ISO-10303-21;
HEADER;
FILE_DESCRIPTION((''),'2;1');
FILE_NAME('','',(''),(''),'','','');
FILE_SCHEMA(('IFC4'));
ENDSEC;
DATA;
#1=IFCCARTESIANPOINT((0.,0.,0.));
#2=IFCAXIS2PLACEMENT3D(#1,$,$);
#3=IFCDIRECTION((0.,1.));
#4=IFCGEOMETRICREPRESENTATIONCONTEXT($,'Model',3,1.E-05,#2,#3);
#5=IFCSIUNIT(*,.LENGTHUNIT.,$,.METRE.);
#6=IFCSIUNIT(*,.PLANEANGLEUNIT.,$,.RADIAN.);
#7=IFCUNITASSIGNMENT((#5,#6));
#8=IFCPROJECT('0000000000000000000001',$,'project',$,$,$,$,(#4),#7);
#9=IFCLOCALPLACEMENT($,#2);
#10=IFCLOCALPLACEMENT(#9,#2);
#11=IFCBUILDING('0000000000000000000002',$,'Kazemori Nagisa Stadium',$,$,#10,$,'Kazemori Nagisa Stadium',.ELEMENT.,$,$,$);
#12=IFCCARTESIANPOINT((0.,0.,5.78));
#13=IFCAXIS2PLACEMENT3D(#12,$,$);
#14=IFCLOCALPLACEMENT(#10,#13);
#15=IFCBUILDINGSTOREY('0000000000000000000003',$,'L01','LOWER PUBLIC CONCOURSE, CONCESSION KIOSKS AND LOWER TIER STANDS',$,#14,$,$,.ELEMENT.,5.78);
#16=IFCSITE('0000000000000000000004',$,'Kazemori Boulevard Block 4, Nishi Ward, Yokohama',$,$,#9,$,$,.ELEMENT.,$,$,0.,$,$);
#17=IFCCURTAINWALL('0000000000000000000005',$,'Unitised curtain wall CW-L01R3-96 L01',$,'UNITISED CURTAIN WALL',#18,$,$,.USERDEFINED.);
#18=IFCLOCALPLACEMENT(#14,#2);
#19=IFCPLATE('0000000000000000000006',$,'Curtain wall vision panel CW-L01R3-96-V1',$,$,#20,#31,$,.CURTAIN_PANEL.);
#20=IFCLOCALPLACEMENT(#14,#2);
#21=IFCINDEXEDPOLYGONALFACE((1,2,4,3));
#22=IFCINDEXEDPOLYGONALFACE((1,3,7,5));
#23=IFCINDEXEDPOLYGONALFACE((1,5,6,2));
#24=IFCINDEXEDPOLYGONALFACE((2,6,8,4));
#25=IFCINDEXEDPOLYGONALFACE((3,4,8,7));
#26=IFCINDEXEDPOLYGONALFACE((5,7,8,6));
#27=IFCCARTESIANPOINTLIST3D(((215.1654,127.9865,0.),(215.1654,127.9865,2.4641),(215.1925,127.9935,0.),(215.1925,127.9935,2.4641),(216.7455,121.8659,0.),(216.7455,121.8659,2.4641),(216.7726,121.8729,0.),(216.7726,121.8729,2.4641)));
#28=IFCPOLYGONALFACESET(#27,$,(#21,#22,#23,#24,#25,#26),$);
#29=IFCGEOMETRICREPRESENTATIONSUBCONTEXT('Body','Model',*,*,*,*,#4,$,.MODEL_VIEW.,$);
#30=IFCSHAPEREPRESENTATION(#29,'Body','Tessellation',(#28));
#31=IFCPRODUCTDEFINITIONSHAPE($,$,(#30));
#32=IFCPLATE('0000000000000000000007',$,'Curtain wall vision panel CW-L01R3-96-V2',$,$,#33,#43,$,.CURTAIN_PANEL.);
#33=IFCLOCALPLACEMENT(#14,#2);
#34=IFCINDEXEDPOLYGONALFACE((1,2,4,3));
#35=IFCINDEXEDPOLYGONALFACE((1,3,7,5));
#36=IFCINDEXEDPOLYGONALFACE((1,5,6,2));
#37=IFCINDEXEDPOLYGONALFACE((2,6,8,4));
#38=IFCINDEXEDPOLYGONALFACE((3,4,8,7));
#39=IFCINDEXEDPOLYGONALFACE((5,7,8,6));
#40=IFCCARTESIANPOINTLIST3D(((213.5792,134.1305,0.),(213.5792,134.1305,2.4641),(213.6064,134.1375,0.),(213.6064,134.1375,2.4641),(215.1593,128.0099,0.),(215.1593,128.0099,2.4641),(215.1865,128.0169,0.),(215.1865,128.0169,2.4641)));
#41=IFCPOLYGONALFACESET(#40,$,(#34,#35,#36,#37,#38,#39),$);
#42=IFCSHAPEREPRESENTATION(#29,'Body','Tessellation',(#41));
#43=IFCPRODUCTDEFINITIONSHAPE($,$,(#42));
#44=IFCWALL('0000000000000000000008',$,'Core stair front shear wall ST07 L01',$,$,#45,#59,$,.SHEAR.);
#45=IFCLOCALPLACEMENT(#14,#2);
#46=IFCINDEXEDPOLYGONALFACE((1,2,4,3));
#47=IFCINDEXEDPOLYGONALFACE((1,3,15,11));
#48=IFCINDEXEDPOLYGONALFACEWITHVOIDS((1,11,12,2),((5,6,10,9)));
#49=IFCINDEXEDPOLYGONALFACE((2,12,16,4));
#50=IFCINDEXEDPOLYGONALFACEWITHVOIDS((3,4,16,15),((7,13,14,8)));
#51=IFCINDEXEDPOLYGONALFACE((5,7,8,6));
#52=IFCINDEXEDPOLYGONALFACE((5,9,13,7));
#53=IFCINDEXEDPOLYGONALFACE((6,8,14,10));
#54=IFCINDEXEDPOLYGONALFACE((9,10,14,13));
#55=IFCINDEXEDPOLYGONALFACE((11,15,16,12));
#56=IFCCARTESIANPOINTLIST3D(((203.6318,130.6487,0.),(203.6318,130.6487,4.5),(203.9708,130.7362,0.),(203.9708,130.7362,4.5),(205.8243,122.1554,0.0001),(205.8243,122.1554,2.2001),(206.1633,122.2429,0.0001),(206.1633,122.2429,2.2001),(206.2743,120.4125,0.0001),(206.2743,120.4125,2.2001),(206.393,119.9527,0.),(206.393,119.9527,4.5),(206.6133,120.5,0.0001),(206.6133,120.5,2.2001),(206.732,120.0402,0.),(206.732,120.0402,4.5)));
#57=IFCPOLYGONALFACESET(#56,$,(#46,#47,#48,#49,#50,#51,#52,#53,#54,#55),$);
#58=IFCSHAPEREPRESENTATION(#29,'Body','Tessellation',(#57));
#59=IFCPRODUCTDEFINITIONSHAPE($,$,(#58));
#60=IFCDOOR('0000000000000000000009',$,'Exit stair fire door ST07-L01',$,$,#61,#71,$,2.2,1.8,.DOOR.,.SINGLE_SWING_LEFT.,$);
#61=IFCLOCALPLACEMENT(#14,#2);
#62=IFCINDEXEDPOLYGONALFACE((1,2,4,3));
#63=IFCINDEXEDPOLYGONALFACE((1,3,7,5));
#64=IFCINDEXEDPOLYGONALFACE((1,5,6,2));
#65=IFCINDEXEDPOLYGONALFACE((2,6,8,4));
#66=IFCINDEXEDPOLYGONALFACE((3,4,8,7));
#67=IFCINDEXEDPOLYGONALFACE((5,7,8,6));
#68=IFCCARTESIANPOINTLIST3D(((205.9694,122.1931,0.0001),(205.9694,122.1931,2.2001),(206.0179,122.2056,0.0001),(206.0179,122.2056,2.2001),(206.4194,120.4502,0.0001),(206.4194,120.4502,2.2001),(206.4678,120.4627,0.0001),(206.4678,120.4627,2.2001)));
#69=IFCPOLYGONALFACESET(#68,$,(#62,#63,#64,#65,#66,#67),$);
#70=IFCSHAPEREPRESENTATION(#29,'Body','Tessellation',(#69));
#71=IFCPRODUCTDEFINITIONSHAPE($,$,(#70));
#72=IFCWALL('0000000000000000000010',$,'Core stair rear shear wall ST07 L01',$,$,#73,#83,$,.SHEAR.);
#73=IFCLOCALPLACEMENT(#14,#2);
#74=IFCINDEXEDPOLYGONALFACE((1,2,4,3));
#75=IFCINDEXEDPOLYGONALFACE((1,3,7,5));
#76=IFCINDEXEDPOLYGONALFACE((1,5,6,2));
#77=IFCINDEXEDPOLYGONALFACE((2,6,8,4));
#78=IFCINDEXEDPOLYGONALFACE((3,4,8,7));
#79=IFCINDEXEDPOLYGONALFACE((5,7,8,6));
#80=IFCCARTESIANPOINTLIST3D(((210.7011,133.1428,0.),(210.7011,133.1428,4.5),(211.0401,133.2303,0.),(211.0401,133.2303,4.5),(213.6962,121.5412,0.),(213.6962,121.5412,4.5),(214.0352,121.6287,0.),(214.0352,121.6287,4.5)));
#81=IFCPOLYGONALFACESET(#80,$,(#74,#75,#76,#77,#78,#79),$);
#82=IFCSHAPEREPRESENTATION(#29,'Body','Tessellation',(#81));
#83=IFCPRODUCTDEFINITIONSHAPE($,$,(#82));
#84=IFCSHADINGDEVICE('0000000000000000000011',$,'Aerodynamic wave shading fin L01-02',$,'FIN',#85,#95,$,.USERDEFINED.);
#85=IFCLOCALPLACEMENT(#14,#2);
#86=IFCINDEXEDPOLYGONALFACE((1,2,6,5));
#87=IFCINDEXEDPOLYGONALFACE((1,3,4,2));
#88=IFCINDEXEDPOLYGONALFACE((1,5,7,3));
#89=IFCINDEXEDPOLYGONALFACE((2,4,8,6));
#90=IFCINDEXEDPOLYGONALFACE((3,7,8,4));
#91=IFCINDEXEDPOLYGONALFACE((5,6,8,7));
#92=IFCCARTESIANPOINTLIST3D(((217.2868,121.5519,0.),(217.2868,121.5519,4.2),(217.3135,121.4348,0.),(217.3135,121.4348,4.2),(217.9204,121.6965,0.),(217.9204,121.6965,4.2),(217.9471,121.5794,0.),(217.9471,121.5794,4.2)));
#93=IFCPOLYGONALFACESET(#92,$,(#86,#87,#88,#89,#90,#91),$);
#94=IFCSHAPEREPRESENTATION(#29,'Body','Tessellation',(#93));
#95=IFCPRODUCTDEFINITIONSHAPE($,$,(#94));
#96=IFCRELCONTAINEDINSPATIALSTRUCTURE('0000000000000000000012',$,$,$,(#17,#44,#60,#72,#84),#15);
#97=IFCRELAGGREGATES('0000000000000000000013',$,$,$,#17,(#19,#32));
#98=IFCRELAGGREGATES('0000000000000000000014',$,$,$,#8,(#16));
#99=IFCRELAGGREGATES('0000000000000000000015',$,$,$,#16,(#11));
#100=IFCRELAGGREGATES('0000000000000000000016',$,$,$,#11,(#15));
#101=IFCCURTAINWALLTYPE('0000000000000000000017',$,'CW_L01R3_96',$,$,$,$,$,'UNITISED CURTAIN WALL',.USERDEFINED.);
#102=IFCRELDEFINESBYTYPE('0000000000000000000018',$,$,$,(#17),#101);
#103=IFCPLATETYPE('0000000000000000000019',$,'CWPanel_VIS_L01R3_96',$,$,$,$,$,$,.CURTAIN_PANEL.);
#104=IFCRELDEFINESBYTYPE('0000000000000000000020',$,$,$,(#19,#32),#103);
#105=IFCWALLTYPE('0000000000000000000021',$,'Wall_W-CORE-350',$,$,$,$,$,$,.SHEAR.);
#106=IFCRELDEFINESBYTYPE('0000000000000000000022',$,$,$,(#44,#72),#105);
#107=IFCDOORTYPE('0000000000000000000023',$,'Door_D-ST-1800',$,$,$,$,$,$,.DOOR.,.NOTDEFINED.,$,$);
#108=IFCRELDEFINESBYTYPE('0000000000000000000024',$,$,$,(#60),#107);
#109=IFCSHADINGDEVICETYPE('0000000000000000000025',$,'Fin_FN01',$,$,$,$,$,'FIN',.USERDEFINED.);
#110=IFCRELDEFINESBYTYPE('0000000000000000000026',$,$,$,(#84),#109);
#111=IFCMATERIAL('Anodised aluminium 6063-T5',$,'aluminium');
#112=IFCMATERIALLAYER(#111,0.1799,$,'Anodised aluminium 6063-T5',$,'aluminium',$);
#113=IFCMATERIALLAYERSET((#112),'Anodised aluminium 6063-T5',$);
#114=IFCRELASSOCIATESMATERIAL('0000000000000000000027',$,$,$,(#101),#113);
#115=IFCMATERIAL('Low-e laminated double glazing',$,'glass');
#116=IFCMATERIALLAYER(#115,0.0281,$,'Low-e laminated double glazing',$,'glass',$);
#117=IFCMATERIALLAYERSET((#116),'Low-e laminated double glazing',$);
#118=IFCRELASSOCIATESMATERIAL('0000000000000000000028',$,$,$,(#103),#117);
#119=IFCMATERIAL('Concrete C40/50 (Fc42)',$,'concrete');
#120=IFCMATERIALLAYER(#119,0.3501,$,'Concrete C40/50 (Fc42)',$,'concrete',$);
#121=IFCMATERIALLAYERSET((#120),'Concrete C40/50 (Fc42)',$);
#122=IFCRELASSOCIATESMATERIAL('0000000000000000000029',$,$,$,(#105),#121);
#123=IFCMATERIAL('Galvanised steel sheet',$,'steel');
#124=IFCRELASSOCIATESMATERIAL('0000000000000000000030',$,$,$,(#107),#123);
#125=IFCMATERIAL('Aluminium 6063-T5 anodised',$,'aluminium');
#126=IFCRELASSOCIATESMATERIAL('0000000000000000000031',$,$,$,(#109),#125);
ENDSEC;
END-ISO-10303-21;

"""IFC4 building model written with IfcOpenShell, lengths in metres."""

from ifc_helpers import new_model, si_unit, direction, frame, frame_2d, origin, origin_2d, place, context, subcontext, project, spatial, rectangle, extrude, material, layer, layer_set, type_object, element, fill, aggregate, save


model = new_model("IFC4")

# Units and contexts
model_context = context("Model", 3, precision=1e-05, world=origin(), true_north=direction((0.0, 1.0)))
body_context = subcontext(model_context, "Body", "Model", "MODEL_VIEW")
ifc_project = project(units=[si_unit("LENGTHUNIT", "METRE"), si_unit("PLANEANGLEUNIT", "RADIAN")], contexts=[model_context])

# Site, building, storey
site_placement = place(None, origin())
site = spatial("IfcSite", under=ifc_project, at=site_placement, Name="Kazemori Boulevard Block 4, Nishi Ward, Yokohama", CompositionType="ELEMENT", RefElevation=0.0)
building_placement = place(site_placement, origin())
building = spatial("IfcBuilding", under=site, at=building_placement, Name="Kazemori Nagisa Stadium", LongName="Kazemori Nagisa Stadium", CompositionType="ELEMENT")
storey_placement = place(building_placement, frame((0.0, 0.0, 5.78)))
storey = spatial("IfcBuildingStorey", under=building, at=storey_placement, Name="L01", Description="LOWER PUBLIC CONCOURSE, CONCESSION KIOSKS AND LOWER TIER STANDS", CompositionType="ELEMENT", Elevation=5.78)

# Shared definitions
ifc_material_1 = material(Name="Concrete C40/50 (Fc42)", Category="concrete")

# Shared definitions
ifc_material_2 = material(Name="Anodised aluminium 6063-T5", Category="aluminium")
ifc_material_3 = material(Name="Aluminium 6063-T5 anodised", Category="aluminium")

# Curtain wall, plates
ifc_layer_1 = layer(ifc_material_2, 0.1799, Name="Anodised aluminium 6063-T5", Category="aluminium")
ifc_layer_set_1 = layer_set([ifc_layer_1], Name="Anodised aluminium 6063-T5")
curtain_wall_type_1 = type_object("IfcCurtainWallType", Name="CW_L01R3_96", ElementType="UNITISED CURTAIN WALL", PredefinedType="USERDEFINED", material=ifc_layer_set_1)
curtain_wall_1_placement = place(storey_placement, origin())
curtain_wall_1 = element("IfcCurtainWall", 1, at=curtain_wall_1_placement, inside=storey, type_object=curtain_wall_type_1, Name="Unitised curtain wall CW-L01R3-96 L01", ObjectType="UNITISED CURTAIN WALL", PredefinedType="USERDEFINED")
ifc_material_4 = material(Name="Low-e laminated double glazing", Category="glass")
ifc_layer_2 = layer(ifc_material_4, 0.0281, Name="Low-e laminated double glazing", Category="glass")
ifc_layer_set_2 = layer_set([ifc_layer_2], Name="Low-e laminated double glazing")
plate_type_1 = type_object("IfcPlateType", Name="CWPanel_VIS_L01R3_96", PredefinedType="CURTAIN_PANEL", material=ifc_layer_set_2)
plate_1_placement = place(storey_placement, frame((215.969, 124.9297, 0.0), z_axis=(0.0, 0.0, 1.0), x_axis=(-0.249965, 0.968255, 0.0)))
plate_1 = element("IfcPlate", 2, at=plate_1_placement, type_object=plate_type_1, Name="Curtain wall vision panel CW-L01R3-96-V1", PredefinedType="CURTAIN_PANEL", context=body_context, shape_type="SweptSolid", body=[
    extrude(rectangle(XDim=6.3213, YDim=0.0281, at=origin_2d()), origin(), (0.0, 0.0, 1.0), 2.4641),
])
plate_2_placement = place(storey_placement, frame((214.3828, 131.0737, 0.0), z_axis=(0.0, 0.0, 1.0), x_axis=(-0.249965, 0.968255, 0.0)))
plate_2 = element("IfcPlate", 3, at=plate_2_placement, type_object=plate_type_1, Name="Curtain wall vision panel CW-L01R3-96-V2", PredefinedType="CURTAIN_PANEL", context=body_context, shape_type="SweptSolid", body=[
    extrude(rectangle(XDim=6.3213, YDim=0.0281, at=origin_2d()), origin(), (0.0, 0.0, 1.0), 2.4641),
])
aggregate(curtain_wall_1, [plate_1, plate_2])

# Wall, opening, door
ifc_layer_3 = layer(ifc_material_1, 0.3501, Name="Concrete C40/50 (Fc42)", Category="concrete")
ifc_layer_set_3 = layer_set([ifc_layer_3], Name="Concrete C40/50 (Fc42)")
wall_type = type_object("IfcWallType", Name="Wall_W-CORE-350", PredefinedType="SHEAR", material=ifc_layer_set_3)
wall_1_placement = place(storey_placement, frame((206.5625, 119.9963, 0.0), z_axis=(0.0, 0.0, 1.0), x_axis=(-0.24996, 0.968256, 0.0)))
wall_1 = element("IfcWall", 4, at=wall_1_placement, inside=storey, type_object=wall_type, Name="Core stair front shear wall ST07 L01", PredefinedType="SHEAR", context=body_context, shape_type="SweptSolid", body=[
    extrude(rectangle(XDim=11.0466, YDim=0.3501, at=frame_2d((5.5234, 0.0))), origin(), (0.0, 0.0, 1.0), 4.5),
])
opening_placement = place(wall_1_placement, frame((0.4751, 0.0, 0.0)))
opening = element("IfcOpeningElement", 5, at=opening_placement, cuts=wall_1, PredefinedType="OPENING", context=body_context, shape_type="SweptSolid", body=[
    extrude(rectangle(XDim=1.8, YDim=2.2, at=frame_2d((0.8999, 1.1001))), frame((0.0, 0.1851, 0.0), z_axis=(0.0, -1.0, 0.0), x_axis=(1.0, 0.0, 0.0)), (0.0, 0.0, 1.0), 0.3701),
])
ifc_material_5 = material(Name="Galvanised steel sheet", Category="steel")
door_type = type_object("IfcDoorType", Name="Door_D-ST-1800", OperationType="NOTDEFINED", PredefinedType="DOOR", material=ifc_material_5)
door_placement = place(opening_placement, frame((1.8, 0.0, 0.0), z_axis=(0.0, 0.0, 1.0), x_axis=(-1.0, 0.0, 0.0)))
door = element("IfcDoor", 6, at=door_placement, inside=storey, type_object=door_type, Name="Exit stair fire door ST07-L01", OperationType="SINGLE_SWING_LEFT", OverallHeight=2.2, OverallWidth=1.8, PredefinedType="DOOR", context=body_context, shape_type="SweptSolid", body=[
    extrude(rectangle(XDim=1.8, YDim=2.2, at=frame_2d((0.8999, 1.1001))), frame((0.0, 0.0249, 0.0), z_axis=(0.0, -1.0, 0.0), x_axis=(1.0, 0.0, 0.0)), (0.0, 0.0, 1.0), 0.05),
])
fill(opening, door)

# Wall
wall_2_placement = place(storey_placement, frame((213.8657, 121.585, 0.0), z_axis=(0.0, 0.0, 1.0), x_axis=(-0.249969, 0.968254, 0.0)))
element("IfcWall", 7, at=wall_2_placement, inside=storey, type_object=wall_type, Name="Core stair rear shear wall ST07 L01", PredefinedType="SHEAR", context=body_context, shape_type="SweptSolid", body=[
    extrude(rectangle(XDim=11.9819, YDim=0.3501, at=frame_2d((5.991, 0.0))), origin(), (0.0, 0.0, 1.0), 4.5),
])

# Shading device
shading_device_type = type_object("IfcShadingDeviceType", Name="Fin_FN01", ElementType="FIN", PredefinedType="USERDEFINED", material=ifc_material_3)
shading_device_placement = place(storey_placement, frame((217.6169, 121.5657, 0.0), z_axis=(0.0, 0.0, 1.0), x_axis=(0.974928, 0.222521, 0.0)))
element("IfcShadingDevice", 8, at=shading_device_placement, inside=storey, type_object=shading_device_type, Name="Aerodynamic wave shading fin L01-02", ObjectType="FIN", PredefinedType="USERDEFINED", context=body_context, shape_type="SweptSolid", body=[
    extrude(rectangle(XDim=0.6499, YDim=0.1201, at=origin_2d()), origin(), (0.0, 0.0, 1.0), 4.2),
])

save(model, "model.ifc")
